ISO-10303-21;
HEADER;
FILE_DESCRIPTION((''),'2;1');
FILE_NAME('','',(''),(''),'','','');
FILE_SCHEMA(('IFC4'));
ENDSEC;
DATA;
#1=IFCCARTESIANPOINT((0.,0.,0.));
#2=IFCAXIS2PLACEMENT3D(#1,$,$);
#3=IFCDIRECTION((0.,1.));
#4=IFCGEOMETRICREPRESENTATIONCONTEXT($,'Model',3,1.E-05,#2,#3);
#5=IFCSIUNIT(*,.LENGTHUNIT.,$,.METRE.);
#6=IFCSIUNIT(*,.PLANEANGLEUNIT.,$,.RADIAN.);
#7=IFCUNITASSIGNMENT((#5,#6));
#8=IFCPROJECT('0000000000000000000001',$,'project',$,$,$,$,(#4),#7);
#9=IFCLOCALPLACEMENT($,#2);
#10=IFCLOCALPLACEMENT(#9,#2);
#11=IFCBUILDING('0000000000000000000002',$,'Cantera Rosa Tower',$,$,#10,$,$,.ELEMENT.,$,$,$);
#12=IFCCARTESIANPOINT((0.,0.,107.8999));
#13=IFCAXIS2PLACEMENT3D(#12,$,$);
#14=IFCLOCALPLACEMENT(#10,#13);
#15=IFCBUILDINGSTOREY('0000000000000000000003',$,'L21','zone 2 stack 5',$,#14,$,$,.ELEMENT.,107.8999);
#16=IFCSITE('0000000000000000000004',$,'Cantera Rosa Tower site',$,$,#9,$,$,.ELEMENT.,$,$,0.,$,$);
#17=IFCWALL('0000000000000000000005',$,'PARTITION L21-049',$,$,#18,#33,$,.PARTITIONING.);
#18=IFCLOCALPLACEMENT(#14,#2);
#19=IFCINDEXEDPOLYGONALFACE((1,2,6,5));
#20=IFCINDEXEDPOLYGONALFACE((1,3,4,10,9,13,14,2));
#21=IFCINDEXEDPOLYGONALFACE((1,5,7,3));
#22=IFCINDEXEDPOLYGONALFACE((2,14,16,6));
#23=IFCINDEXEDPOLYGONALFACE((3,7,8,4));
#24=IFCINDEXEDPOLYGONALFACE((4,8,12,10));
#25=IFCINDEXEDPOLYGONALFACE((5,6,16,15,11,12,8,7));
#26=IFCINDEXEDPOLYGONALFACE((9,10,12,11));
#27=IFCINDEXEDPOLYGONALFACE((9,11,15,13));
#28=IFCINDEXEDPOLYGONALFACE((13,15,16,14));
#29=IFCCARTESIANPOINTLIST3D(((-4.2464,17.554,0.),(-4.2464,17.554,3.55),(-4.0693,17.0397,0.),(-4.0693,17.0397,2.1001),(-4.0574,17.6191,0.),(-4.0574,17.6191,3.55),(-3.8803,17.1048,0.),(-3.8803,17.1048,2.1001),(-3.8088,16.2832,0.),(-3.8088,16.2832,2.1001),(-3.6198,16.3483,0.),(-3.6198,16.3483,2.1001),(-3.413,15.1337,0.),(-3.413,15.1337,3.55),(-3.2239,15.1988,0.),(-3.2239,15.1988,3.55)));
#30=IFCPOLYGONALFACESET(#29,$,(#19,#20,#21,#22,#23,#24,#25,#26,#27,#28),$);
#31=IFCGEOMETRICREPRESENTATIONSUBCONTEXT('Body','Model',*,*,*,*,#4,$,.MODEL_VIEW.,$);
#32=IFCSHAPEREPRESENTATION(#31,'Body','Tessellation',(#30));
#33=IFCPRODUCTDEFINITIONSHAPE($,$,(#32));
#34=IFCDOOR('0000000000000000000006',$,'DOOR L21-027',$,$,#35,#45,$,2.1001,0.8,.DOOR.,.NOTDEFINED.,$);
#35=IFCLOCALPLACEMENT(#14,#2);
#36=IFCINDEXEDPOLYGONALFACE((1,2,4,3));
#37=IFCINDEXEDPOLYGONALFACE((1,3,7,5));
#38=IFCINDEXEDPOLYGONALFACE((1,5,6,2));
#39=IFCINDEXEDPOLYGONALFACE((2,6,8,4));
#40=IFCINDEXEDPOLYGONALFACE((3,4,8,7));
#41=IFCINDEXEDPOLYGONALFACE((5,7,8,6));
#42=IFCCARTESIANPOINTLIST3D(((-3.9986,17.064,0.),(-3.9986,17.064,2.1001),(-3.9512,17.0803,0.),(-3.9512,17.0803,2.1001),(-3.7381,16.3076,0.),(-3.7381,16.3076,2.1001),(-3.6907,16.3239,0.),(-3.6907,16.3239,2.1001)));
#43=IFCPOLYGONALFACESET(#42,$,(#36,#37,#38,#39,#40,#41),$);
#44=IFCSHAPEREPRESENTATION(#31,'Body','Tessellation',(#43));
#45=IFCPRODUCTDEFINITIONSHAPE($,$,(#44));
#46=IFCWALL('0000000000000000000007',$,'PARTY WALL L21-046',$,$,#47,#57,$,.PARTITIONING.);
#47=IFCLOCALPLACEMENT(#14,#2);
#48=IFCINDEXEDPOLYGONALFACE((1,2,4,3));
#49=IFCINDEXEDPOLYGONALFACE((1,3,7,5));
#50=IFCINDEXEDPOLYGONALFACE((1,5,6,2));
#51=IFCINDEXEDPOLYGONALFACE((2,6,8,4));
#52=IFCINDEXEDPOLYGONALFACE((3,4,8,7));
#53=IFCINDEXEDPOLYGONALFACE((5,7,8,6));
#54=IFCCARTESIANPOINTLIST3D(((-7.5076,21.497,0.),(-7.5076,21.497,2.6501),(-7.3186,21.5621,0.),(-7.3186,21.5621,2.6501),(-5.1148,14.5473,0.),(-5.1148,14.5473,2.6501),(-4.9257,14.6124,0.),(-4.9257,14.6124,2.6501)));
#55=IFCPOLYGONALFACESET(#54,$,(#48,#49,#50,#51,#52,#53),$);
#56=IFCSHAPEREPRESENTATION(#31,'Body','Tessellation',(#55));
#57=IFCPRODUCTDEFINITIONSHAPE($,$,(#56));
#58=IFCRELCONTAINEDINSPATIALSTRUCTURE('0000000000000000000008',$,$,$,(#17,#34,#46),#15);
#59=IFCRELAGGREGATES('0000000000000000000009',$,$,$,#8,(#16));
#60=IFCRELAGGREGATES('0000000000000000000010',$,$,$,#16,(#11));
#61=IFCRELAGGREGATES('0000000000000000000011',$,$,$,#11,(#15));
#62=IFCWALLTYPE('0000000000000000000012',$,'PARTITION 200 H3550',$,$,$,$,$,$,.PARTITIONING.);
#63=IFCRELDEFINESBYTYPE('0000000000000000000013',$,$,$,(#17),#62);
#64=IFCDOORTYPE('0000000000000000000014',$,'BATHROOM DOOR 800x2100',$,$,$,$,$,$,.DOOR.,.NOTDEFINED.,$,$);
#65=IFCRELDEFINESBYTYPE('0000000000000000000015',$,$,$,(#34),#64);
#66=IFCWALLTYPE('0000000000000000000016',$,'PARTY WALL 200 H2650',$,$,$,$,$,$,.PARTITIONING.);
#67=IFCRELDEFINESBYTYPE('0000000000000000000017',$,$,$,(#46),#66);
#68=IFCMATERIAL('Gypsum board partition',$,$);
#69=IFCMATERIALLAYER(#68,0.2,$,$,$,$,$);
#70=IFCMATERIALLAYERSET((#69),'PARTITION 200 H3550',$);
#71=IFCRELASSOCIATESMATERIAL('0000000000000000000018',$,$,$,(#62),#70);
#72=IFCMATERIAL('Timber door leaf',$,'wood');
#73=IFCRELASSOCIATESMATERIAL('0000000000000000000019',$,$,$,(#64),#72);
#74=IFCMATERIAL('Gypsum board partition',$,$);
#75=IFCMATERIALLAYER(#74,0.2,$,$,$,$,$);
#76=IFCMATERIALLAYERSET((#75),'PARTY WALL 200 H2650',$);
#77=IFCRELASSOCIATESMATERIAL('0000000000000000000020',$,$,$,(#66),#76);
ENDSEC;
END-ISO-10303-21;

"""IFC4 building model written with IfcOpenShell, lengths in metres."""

from ifc_helpers import new_model, si_unit, direction, frame, frame_2d, origin, place, context, subcontext, project, spatial, rectangle, extrude, material, layer, layer_set, type_object, element, fill, save


model = new_model("IFC4")

# Units and contexts
model_context = context("Model", 3, precision=1e-05, world=origin(), true_north=direction((0.0, 1.0)))
body_context = subcontext(model_context, "Body", "Model", "MODEL_VIEW")
ifc_project = project(units=[si_unit("LENGTHUNIT", "METRE"), si_unit("PLANEANGLEUNIT", "RADIAN")], contexts=[model_context])

# Site, building, storey
site_placement = place(None, origin())
site = spatial("IfcSite", under=ifc_project, at=site_placement, Name="Cantera Rosa Tower site", CompositionType="ELEMENT", RefElevation=0.0)
building_placement = place(site_placement, origin())
building = spatial("IfcBuilding", under=site, at=building_placement, Name="Cantera Rosa Tower", CompositionType="ELEMENT")
storey_placement = place(building_placement, frame((0.0, 0.0, 107.8999)))
storey = spatial("IfcBuildingStorey", under=building, at=storey_placement, Name="L21", Description="zone 2 stack 5", CompositionType="ELEMENT", Elevation=107.8999)

# Wall, opening, door
ifc_material_1 = material(Name="Gypsum board partition")
ifc_layer_1 = layer(ifc_material_1, 0.2)
ifc_layer_set_1 = layer_set([ifc_layer_1], Name="PARTITION 200 H3550")
wall_type_1 = type_object("IfcWallType", Name="PARTITION 200 H3550", PredefinedType="PARTITIONING", material=ifc_layer_set_1)
wall_1_placement = place(storey_placement, frame((-4.1519, 17.5864, 0.0), z_axis=(0.0, 0.0, 1.0), x_axis=(0.325597, -0.945509, 0.0)))
wall_1 = element("IfcWall", 1, at=wall_1_placement, inside=storey, type_object=wall_type_1, Name="PARTITION L21-049", PredefinedType="PARTITIONING", context=body_context, shape_type="SweptSolid", body=[
    extrude(rectangle(XDim=2.5598, YDim=0.2, at=frame_2d((1.2798, 0.0))), origin(), (0.0, 0.0, 1.0), 3.55),
])
opening_1_placement = place(wall_1_placement, frame((0.5439, 0.0, 0.0)))
opening_1 = element("IfcOpeningElement", 2, at=opening_1_placement, cuts=wall_1, PredefinedType="OPENING", context=body_context, shape_type="SweptSolid", body=[
    extrude(rectangle(XDim=0.8, YDim=2.1001, at=frame_2d((0.3999, 1.05))), frame((0.0, 0.1099, 0.0), z_axis=(0.0, -1.0, 0.0), x_axis=(1.0, 0.0, 0.0)), (0.0, 0.0, 1.0), 0.22),
])
ifc_material_2 = material(Name="Timber door leaf", Category="wood")
door_type_1 = type_object("IfcDoorType", Name="BATHROOM DOOR 800x2100", OperationType="NOTDEFINED", PredefinedType="DOOR", material=ifc_material_2)
door_1_placement = place(opening_1_placement, origin())
door_1 = element("IfcDoor", 3, at=door_1_placement, inside=storey, type_object=door_type_1, Name="DOOR L21-027", OperationType="NOTDEFINED", OverallHeight=2.1001, OverallWidth=0.8, PredefinedType="DOOR", context=body_context, shape_type="SweptSolid", body=[
    extrude(rectangle(XDim=0.8, YDim=2.1001, at=frame_2d((0.3999, 1.05))), frame((0.0, 0.0249, 0.0), z_axis=(0.0, -1.0, 0.0), x_axis=(1.0, 0.0, 0.0)), (0.0, 0.0, 1.0), 0.05),
])
fill(opening_1, door_1)

# Wall
ifc_material_3 = material(Name="Gypsum board partition")
ifc_layer_2 = layer(ifc_material_3, 0.2)
ifc_layer_set_2 = layer_set([ifc_layer_2], Name="PARTY WALL 200 H2650")
wall_type_2 = type_object("IfcWallType", Name="PARTY WALL 200 H2650", PredefinedType="PARTITIONING", material=ifc_layer_set_2)
wall_2_placement = place(storey_placement, frame((-5.0203, 14.5798, 0.0), z_axis=(0.0, 0.0, 1.0), x_axis=(-0.325549, 0.945525, 0.0)))
element("IfcWall", 4, at=wall_2_placement, inside=storey, type_object=wall_type_2, Name="PARTY WALL L21-046", PredefinedType="PARTITIONING", context=body_context, shape_type="SweptSolid", body=[
    extrude(rectangle(XDim=7.3501, YDim=0.2, at=frame_2d((3.675, 0.0))), origin(), (0.0, 0.0, 1.0), 2.6501),
])

save(model, "model.ifc")
